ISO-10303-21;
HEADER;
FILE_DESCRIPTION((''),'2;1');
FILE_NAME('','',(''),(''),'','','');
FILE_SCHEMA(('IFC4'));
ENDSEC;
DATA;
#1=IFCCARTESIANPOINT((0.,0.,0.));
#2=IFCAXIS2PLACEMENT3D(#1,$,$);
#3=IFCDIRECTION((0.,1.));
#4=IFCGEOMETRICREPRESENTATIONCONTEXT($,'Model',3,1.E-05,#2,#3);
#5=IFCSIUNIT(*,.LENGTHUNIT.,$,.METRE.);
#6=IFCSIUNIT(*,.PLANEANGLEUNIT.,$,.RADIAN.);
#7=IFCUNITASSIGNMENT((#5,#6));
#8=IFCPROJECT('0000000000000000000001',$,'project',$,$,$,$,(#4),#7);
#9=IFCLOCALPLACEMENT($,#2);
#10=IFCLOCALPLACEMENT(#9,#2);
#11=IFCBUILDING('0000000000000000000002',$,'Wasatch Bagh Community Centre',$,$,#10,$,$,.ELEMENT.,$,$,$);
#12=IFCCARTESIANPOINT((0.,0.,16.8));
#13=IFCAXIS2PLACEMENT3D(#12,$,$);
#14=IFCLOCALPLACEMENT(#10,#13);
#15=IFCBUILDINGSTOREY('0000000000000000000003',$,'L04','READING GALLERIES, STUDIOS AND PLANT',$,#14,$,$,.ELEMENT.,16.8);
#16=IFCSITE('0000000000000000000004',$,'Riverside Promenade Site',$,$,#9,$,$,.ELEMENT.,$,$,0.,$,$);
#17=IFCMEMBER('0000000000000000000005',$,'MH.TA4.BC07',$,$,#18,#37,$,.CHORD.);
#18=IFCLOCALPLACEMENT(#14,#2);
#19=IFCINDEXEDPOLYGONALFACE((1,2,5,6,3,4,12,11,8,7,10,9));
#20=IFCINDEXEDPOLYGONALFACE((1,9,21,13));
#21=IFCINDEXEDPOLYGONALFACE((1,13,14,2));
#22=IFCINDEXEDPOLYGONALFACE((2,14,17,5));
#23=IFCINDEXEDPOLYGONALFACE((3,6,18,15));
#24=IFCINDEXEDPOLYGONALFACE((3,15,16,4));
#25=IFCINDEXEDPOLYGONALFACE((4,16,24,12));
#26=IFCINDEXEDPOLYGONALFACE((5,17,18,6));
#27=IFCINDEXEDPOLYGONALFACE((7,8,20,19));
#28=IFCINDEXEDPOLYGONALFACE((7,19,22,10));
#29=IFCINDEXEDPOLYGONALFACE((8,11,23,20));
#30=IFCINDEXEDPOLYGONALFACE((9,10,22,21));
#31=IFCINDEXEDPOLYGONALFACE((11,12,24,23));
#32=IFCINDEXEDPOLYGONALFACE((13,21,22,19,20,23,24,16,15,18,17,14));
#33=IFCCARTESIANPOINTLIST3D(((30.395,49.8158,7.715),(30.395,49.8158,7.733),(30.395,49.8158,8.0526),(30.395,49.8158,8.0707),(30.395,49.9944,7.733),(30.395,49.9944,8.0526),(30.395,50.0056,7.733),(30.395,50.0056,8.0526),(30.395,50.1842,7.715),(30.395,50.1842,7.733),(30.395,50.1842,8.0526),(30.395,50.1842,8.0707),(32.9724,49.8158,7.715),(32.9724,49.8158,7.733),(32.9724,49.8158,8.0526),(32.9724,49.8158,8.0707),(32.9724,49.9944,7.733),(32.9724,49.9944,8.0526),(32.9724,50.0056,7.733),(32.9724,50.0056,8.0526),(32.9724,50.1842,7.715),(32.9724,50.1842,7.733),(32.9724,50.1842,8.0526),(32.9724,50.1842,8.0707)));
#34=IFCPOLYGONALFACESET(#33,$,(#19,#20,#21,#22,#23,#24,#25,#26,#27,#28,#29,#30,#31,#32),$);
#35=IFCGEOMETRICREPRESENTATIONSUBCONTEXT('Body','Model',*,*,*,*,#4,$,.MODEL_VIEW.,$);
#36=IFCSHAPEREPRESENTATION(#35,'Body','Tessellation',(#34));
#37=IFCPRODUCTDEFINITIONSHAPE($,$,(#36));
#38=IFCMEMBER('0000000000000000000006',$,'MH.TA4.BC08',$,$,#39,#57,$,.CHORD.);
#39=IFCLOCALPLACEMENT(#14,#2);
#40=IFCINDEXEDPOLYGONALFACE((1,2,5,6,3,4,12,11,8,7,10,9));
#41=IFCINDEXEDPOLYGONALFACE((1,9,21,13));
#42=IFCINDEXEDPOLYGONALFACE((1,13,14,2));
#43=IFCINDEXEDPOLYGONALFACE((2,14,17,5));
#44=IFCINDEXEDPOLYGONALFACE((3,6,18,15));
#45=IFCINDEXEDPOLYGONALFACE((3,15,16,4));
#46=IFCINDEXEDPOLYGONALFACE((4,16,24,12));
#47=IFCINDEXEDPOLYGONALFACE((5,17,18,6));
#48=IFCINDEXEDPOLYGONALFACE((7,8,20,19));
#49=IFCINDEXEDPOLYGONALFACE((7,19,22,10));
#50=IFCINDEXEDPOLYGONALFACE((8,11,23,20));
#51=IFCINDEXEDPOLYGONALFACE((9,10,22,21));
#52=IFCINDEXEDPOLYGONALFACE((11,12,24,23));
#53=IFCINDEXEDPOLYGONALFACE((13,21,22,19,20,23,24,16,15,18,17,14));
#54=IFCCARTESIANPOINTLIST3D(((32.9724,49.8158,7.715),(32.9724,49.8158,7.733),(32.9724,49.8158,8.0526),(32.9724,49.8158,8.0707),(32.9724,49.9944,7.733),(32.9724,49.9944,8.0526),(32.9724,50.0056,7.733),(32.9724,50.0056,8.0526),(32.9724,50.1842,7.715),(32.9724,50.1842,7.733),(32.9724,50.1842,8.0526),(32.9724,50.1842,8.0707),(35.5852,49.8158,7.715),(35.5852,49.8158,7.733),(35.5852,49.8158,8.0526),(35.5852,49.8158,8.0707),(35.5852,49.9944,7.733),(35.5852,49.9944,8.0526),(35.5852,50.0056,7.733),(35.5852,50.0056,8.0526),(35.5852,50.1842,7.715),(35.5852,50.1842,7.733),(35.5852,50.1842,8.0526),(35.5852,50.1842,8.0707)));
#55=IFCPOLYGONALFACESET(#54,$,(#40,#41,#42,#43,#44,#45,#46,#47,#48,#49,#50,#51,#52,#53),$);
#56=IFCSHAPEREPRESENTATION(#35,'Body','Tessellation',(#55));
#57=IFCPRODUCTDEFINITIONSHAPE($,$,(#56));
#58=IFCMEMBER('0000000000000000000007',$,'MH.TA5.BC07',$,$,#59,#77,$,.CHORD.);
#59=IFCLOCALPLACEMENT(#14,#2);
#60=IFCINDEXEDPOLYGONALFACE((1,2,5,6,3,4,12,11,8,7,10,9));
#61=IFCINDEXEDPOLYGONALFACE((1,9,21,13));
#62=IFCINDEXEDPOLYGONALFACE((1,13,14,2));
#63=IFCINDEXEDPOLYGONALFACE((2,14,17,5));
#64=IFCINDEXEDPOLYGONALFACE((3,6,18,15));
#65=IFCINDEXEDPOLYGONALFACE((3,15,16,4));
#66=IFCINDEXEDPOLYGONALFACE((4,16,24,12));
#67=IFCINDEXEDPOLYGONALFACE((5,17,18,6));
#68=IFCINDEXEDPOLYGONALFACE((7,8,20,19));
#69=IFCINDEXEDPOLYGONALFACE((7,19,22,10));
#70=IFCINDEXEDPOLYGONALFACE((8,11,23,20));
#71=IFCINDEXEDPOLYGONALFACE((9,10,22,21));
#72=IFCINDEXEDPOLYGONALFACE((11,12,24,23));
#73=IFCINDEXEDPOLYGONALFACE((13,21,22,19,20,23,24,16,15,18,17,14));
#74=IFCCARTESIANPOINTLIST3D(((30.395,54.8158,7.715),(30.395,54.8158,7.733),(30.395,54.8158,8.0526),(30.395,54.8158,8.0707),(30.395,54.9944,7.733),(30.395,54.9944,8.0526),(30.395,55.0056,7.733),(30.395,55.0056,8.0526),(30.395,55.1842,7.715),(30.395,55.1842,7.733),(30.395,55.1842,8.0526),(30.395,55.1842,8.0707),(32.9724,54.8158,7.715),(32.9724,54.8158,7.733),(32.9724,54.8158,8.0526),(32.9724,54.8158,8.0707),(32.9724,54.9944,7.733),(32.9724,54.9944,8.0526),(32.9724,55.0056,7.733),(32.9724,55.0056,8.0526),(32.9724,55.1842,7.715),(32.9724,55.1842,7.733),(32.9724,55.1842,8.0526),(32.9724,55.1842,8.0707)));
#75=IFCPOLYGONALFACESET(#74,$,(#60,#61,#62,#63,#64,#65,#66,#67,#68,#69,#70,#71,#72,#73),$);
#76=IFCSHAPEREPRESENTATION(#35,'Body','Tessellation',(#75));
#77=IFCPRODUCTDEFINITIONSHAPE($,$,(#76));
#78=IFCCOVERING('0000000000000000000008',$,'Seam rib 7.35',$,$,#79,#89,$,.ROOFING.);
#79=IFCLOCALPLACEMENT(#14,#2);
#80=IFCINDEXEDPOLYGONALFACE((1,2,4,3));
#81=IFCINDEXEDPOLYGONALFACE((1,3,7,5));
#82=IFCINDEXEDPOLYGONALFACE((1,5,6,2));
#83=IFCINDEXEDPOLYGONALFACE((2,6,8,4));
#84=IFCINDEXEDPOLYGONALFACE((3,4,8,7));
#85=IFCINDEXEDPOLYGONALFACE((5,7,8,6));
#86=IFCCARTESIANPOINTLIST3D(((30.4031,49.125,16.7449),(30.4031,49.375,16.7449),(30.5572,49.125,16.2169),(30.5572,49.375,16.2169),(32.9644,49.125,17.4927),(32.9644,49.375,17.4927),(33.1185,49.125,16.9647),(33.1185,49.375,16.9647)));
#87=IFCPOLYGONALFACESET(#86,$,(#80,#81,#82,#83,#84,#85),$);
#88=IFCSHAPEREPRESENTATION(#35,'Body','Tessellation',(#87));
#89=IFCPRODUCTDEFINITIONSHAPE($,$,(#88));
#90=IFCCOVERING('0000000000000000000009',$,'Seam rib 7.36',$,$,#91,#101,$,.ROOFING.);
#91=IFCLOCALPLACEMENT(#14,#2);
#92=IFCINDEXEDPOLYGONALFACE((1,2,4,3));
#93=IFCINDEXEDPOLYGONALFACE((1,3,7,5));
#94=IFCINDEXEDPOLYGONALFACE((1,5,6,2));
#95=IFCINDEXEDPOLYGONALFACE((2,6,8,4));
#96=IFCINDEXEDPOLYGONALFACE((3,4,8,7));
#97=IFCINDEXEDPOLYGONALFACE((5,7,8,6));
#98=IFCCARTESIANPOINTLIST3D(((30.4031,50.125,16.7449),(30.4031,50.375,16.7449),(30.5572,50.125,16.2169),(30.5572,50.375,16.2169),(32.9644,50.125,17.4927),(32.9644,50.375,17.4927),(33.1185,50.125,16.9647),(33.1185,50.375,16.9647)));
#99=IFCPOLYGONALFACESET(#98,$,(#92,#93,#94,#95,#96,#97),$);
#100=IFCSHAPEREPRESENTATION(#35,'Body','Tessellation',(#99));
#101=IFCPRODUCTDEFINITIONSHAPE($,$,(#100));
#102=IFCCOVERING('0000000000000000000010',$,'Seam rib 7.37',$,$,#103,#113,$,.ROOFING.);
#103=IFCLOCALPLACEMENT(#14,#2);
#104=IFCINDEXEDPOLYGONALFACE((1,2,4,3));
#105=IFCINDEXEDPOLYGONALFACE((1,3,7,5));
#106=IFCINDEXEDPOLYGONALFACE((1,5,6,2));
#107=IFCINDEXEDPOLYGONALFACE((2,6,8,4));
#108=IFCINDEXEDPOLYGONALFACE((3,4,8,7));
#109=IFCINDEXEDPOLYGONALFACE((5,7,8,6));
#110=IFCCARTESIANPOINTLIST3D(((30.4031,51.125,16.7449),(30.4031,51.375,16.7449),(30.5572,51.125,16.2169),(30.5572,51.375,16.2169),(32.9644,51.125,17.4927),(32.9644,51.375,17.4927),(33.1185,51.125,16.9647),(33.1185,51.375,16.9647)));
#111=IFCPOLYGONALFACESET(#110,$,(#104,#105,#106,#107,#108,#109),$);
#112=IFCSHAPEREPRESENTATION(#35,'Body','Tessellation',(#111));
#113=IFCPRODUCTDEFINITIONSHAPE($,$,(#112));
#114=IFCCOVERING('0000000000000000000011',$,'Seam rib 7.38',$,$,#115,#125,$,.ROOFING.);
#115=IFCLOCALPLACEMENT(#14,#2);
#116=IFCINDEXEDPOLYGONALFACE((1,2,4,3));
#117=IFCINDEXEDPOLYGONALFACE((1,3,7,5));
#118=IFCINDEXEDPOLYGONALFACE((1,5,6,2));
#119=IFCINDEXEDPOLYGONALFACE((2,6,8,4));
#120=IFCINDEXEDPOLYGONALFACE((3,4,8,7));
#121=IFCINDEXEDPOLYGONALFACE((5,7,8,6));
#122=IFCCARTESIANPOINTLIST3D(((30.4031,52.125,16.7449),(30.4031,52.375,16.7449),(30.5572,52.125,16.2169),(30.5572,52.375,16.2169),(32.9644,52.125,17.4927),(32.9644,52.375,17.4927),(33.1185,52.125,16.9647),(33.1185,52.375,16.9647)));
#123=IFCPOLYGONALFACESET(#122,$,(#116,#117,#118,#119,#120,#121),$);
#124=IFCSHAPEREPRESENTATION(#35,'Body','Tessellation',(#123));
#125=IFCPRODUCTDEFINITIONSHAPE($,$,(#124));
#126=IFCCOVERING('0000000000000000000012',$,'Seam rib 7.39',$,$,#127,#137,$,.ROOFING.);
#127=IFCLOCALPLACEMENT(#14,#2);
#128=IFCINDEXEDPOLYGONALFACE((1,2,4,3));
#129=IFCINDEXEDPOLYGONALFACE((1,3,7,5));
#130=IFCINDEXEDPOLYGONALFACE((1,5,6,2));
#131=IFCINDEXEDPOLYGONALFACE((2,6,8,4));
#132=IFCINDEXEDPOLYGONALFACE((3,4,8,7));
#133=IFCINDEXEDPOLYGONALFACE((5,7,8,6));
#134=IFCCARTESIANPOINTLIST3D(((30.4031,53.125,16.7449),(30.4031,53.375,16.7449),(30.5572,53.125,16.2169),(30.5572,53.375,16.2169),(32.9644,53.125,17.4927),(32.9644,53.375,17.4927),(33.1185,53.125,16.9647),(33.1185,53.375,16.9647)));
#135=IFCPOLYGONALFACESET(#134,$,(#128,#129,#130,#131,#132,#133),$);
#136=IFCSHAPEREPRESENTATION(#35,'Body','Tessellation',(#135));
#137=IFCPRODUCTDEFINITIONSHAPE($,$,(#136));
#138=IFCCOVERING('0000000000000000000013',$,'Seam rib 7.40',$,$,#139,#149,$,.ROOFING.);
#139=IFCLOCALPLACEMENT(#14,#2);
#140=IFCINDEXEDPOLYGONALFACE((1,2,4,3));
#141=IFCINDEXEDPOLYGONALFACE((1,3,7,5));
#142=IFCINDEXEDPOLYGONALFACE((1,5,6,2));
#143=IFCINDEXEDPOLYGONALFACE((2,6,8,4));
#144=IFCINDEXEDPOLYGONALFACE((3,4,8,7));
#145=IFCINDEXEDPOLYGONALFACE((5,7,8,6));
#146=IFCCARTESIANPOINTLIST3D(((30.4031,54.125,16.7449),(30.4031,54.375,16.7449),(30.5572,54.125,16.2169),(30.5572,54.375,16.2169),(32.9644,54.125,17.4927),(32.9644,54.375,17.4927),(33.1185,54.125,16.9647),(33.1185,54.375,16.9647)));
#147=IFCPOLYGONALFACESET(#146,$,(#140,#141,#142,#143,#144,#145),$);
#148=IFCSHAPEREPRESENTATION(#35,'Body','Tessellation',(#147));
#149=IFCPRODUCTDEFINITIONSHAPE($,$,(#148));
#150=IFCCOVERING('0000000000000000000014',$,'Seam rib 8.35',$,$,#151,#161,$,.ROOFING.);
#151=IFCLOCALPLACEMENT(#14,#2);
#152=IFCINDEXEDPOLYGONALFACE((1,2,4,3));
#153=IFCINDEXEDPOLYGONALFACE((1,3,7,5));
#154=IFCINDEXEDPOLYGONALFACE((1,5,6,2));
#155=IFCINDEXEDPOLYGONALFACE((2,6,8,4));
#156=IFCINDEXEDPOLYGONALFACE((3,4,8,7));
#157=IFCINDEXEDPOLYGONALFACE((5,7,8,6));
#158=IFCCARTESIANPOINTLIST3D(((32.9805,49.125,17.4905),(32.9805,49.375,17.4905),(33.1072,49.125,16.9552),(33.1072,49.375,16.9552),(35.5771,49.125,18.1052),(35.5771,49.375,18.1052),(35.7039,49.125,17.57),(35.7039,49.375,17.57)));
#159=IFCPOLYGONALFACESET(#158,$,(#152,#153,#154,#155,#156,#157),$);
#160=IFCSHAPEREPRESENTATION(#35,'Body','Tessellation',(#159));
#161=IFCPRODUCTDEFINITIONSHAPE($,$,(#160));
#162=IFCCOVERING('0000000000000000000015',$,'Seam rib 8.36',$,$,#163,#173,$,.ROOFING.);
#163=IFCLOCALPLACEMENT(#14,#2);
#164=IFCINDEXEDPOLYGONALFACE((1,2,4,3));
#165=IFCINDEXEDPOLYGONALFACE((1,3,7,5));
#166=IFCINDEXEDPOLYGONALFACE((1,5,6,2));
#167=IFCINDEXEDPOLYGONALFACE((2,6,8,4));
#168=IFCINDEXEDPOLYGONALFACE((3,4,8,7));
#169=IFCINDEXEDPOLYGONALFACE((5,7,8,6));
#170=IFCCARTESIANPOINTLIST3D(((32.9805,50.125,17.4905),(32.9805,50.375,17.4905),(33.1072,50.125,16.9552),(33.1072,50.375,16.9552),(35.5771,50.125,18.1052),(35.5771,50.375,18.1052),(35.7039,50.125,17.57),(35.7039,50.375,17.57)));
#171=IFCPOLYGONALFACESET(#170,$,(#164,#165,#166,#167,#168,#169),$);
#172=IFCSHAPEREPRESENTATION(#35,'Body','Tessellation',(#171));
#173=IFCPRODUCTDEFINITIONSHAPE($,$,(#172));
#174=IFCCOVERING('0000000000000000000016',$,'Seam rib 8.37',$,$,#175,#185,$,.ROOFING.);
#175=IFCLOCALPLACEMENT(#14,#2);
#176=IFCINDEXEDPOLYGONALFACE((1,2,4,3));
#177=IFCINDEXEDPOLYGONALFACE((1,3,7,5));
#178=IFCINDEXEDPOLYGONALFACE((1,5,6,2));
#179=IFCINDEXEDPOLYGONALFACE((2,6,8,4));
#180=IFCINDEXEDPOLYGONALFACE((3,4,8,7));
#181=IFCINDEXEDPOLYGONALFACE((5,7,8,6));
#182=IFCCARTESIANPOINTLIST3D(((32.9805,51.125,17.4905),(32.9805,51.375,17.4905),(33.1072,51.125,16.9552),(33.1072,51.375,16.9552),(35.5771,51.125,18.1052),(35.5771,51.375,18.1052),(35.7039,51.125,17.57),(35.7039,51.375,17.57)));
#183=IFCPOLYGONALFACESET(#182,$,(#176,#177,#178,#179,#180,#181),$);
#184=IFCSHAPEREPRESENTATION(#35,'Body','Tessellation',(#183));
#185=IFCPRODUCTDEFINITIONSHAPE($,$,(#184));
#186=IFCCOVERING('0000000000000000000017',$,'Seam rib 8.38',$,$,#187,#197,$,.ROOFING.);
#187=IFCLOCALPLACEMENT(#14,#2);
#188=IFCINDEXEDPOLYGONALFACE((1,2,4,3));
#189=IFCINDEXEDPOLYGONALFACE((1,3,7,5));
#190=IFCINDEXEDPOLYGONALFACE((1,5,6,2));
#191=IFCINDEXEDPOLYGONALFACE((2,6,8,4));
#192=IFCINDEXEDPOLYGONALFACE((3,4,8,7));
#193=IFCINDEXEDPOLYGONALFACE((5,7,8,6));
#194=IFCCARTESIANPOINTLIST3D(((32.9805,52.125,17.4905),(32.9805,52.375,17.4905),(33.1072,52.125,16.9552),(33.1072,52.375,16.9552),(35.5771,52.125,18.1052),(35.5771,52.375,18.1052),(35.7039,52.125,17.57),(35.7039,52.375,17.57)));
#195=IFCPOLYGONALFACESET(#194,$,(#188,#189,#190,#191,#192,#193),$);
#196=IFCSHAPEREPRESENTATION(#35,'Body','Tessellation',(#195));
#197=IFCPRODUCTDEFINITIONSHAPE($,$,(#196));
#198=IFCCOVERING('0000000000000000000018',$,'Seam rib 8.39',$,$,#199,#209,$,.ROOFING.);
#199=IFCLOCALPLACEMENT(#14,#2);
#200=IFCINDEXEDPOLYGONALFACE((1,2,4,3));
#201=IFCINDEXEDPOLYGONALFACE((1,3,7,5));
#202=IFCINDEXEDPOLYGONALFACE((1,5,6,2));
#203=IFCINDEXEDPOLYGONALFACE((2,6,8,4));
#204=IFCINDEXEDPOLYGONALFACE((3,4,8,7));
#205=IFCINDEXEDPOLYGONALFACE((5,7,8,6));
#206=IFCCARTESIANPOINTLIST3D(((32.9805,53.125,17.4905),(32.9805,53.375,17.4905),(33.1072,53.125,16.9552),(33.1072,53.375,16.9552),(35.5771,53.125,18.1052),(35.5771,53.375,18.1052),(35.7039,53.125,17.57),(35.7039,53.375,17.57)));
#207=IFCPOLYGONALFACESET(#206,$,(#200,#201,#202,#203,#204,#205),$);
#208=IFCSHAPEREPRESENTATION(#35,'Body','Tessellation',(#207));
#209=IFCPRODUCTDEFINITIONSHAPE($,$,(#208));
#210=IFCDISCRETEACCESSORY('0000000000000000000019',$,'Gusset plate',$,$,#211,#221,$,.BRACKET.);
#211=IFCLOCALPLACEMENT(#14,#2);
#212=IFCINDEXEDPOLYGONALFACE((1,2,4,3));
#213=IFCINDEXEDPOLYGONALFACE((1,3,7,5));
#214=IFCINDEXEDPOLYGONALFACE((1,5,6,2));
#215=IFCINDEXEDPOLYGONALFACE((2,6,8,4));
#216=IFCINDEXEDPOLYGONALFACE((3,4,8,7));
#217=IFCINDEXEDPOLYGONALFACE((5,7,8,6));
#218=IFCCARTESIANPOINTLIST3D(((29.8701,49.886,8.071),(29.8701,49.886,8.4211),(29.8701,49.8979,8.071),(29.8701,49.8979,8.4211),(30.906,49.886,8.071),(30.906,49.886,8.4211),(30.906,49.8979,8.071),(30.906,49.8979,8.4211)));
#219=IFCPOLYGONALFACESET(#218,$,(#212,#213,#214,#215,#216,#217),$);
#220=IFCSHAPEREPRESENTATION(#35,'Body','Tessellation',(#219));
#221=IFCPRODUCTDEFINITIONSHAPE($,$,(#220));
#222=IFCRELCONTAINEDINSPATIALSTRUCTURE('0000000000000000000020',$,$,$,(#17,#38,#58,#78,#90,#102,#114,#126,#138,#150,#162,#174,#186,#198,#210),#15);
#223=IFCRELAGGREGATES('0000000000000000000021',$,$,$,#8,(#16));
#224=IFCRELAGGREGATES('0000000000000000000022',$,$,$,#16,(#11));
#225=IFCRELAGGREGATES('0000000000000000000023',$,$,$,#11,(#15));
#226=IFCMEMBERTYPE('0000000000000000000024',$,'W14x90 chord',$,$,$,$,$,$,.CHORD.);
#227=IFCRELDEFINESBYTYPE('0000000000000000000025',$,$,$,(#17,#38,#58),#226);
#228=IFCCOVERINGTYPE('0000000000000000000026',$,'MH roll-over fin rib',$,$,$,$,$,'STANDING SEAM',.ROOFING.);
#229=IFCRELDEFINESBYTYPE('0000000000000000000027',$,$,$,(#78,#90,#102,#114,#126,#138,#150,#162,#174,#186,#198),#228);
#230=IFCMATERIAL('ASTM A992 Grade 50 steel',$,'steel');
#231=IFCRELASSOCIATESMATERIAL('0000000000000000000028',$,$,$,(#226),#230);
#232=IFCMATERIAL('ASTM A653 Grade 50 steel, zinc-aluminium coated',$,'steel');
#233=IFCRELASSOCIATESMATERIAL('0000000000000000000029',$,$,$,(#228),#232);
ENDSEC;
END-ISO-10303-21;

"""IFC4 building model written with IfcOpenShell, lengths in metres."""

from ifc_helpers import new_model, si_unit, direction, frame, origin, origin_2d, place, context, subcontext, project, spatial, polyline, i_section, outline, extrude, material, material_profile, profile_set, type_object, element, save


model = new_model("IFC4")

# Units and contexts
model_context = context("Model", 3, precision=1e-05, world=origin(), true_north=direction((0.0, 1.0)))
body_context = subcontext(model_context, "Body", "Model", "MODEL_VIEW")
ifc_project = project(units=[si_unit("LENGTHUNIT", "METRE"), si_unit("PLANEANGLEUNIT", "RADIAN")], contexts=[model_context])

# Site, building, storey
site_placement = place(None, origin())
site = spatial("IfcSite", under=ifc_project, at=site_placement, Name="Riverside Promenade Site", CompositionType="ELEMENT", RefElevation=0.0)
building_placement = place(site_placement, origin())
building = spatial("IfcBuilding", under=site, at=building_placement, Name="Wasatch Bagh Community Centre", CompositionType="ELEMENT")
storey_placement = place(building_placement, frame((0.0, 0.0, 16.8)))
storey = spatial("IfcBuildingStorey", under=building, at=storey_placement, Name="L04", Description="READING GALLERIES, STUDIOS AND PLANT", CompositionType="ELEMENT", Elevation=16.8)

# Members
ifc_material_1 = material(Name="ASTM A992 Grade 50 steel", Category="steel")
ifc_material_profile_1 = material_profile(ifc_material_1, i_section(OverallWidth=0.3684, OverallDepth=0.3557, WebThickness=0.0112, FlangeThickness=0.0181, at=origin_2d()), Name="W14x90")
ifc_profile_set_1 = profile_set([ifc_material_profile_1], Name="ASTM A992 Grade 50 steel")
member_type_1 = type_object("IfcMemberType", Name="W14x90 chord", PredefinedType="CHORD", material=ifc_profile_set_1)
member_1_placement = place(storey_placement, frame((30.395, 50.0, 7.8928), z_axis=(1.0, 0.0, 0.0), x_axis=(0.0, 1.0, 0.0)))
element("IfcMember", 1, at=member_1_placement, inside=storey, type_object=member_type_1, Name="MH.TA4.BC07", PredefinedType="CHORD", context=body_context, shape_type="SweptSolid", body=[
    extrude(i_section(OverallWidth=0.3684, OverallDepth=0.3557, WebThickness=0.0112, FlangeThickness=0.0181, at=origin_2d()), origin(), (0.0, 0.0, 1.0), 2.5774),
])
member_2_placement = place(storey_placement, frame((32.9724, 50.0, 7.8928), z_axis=(1.0, 0.0, 0.0), x_axis=(0.0, 1.0, 0.0)))
element("IfcMember", 2, at=member_2_placement, inside=storey, type_object=member_type_1, Name="MH.TA4.BC08", PredefinedType="CHORD", context=body_context, shape_type="SweptSolid", body=[
    extrude(i_section(OverallWidth=0.3684, OverallDepth=0.3557, WebThickness=0.0112, FlangeThickness=0.0181, at=origin_2d()), origin(), (0.0, 0.0, 1.0), 2.6128),
])
member_3_placement = place(storey_placement, frame((30.395, 55.0, 7.8928), z_axis=(1.0, 0.0, 0.0), x_axis=(0.0, 1.0, 0.0)))
element("IfcMember", 3, at=member_3_placement, inside=storey, type_object=member_type_1, Name="MH.TA5.BC07", PredefinedType="CHORD", context=body_context, shape_type="SweptSolid", body=[
    extrude(i_section(OverallWidth=0.3684, OverallDepth=0.3557, WebThickness=0.0112, FlangeThickness=0.0181, at=origin_2d()), origin(), (0.0, 0.0, 1.0), 2.5774),
])

# Coverings
ifc_material_2 = material(Name="ASTM A653 Grade 50 steel, zinc-aluminium coated", Category="steel")
covering_type = type_object("IfcCoveringType", Name="MH roll-over fin rib", ElementType="STANDING SEAM", PredefinedType="ROOFING", material=ifc_material_2)
for number, where, z_axis, x_axis, name in (
    (4, (30.4031, 49.125, 16.7449), (-0.280264, 0.0, 0.959923), (0.959923, 0.0, 0.280264), "Seam rib 7.35"),
    (5, (30.4031, 50.125, 16.7449), (-0.280264, 0.0, 0.959923), (0.959923, 0.0, 0.280264), "Seam rib 7.36"),
    (6, (30.4031, 51.125, 16.7449), (-0.280264, 0.0, 0.959923), (0.959923, 0.0, 0.280264), "Seam rib 7.37"),
    (7, (30.4031, 52.125, 16.7449), (-0.280264, 0.0, 0.959923), (0.959923, 0.0, 0.280264), "Seam rib 7.38"),
    (8, (30.4031, 53.125, 16.7449), (-0.280264, 0.0, 0.959923), (0.959923, 0.0, 0.280264), "Seam rib 7.39"),
    (9, (30.4031, 54.125, 16.7449), (-0.280264, 0.0, 0.959923), (0.959923, 0.0, 0.280264), "Seam rib 7.40"),
):
    element("IfcCovering", number, at=place(storey_placement, frame(where, z_axis=z_axis, x_axis=x_axis)), inside=storey, type_object=covering_type, Name=name, PredefinedType="ROOFING", context=body_context, shape_type="SweptSolid", body=[
        extrude(outline(polyline([(0.0, 0.0), (2.6682, 0.0), (2.6682, 0.25), (0.0, 0.25), (0.0, 0.0)])), origin(), (0.0, 0.0, -1.0), 0.55),
    ])
for number, where, z_axis, x_axis, name in (
    (10, (32.9805, 49.125, 17.4905), (-0.230375, 0.0, 0.973102), (0.973102, 0.0, 0.230375), "Seam rib 8.35"),
    (11, (32.9805, 50.125, 17.4905), (-0.230375, 0.0, 0.973102), (0.973102, 0.0, 0.230375), "Seam rib 8.36"),
    (12, (32.9805, 51.125, 17.4905), (-0.230375, 0.0, 0.973102), (0.973102, 0.0, 0.230375), "Seam rib 8.37"),
    (13, (32.9805, 52.125, 17.4905), (-0.230375, 0.0, 0.973102), (0.973102, 0.0, 0.230375), "Seam rib 8.38"),
    (14, (32.9805, 53.125, 17.4905), (-0.230375, 0.0, 0.973102), (0.973102, 0.0, 0.230375), "Seam rib 8.39"),
):
    element("IfcCovering", number, at=place(storey_placement, frame(where, z_axis=z_axis, x_axis=x_axis)), inside=storey, type_object=covering_type, Name=name, PredefinedType="ROOFING", context=body_context, shape_type="SweptSolid", body=[
        extrude(outline(polyline([(0.0, 0.0), (2.6685, 0.0), (2.6685, 0.25), (0.0, 0.25), (0.0, 0.0)])), origin(), (0.0, 0.0, -1.0), 0.55),
    ])

# Discrete accessory
discrete_accessory_1_placement = place(storey_placement, frame((29.8701, 49.886, 8.071), z_axis=(0.0, -1.0, 0.0), x_axis=(1.0, 0.0, 0.0)))
element("IfcDiscreteAccessory", 15, at=discrete_accessory_1_placement, inside=storey, Name="Gusset plate", PredefinedType="BRACKET", context=body_context, shape_type="SweptSolid", body=[
    extrude(outline(polyline([(0.0, 0.0), (1.0359, 0.0), (1.0359, 0.3501), (0.0, 0.3501), (0.0, 0.0)])), origin(), (0.0, 0.0, -1.0), 0.012),
])

save(model, "model.ifc")
